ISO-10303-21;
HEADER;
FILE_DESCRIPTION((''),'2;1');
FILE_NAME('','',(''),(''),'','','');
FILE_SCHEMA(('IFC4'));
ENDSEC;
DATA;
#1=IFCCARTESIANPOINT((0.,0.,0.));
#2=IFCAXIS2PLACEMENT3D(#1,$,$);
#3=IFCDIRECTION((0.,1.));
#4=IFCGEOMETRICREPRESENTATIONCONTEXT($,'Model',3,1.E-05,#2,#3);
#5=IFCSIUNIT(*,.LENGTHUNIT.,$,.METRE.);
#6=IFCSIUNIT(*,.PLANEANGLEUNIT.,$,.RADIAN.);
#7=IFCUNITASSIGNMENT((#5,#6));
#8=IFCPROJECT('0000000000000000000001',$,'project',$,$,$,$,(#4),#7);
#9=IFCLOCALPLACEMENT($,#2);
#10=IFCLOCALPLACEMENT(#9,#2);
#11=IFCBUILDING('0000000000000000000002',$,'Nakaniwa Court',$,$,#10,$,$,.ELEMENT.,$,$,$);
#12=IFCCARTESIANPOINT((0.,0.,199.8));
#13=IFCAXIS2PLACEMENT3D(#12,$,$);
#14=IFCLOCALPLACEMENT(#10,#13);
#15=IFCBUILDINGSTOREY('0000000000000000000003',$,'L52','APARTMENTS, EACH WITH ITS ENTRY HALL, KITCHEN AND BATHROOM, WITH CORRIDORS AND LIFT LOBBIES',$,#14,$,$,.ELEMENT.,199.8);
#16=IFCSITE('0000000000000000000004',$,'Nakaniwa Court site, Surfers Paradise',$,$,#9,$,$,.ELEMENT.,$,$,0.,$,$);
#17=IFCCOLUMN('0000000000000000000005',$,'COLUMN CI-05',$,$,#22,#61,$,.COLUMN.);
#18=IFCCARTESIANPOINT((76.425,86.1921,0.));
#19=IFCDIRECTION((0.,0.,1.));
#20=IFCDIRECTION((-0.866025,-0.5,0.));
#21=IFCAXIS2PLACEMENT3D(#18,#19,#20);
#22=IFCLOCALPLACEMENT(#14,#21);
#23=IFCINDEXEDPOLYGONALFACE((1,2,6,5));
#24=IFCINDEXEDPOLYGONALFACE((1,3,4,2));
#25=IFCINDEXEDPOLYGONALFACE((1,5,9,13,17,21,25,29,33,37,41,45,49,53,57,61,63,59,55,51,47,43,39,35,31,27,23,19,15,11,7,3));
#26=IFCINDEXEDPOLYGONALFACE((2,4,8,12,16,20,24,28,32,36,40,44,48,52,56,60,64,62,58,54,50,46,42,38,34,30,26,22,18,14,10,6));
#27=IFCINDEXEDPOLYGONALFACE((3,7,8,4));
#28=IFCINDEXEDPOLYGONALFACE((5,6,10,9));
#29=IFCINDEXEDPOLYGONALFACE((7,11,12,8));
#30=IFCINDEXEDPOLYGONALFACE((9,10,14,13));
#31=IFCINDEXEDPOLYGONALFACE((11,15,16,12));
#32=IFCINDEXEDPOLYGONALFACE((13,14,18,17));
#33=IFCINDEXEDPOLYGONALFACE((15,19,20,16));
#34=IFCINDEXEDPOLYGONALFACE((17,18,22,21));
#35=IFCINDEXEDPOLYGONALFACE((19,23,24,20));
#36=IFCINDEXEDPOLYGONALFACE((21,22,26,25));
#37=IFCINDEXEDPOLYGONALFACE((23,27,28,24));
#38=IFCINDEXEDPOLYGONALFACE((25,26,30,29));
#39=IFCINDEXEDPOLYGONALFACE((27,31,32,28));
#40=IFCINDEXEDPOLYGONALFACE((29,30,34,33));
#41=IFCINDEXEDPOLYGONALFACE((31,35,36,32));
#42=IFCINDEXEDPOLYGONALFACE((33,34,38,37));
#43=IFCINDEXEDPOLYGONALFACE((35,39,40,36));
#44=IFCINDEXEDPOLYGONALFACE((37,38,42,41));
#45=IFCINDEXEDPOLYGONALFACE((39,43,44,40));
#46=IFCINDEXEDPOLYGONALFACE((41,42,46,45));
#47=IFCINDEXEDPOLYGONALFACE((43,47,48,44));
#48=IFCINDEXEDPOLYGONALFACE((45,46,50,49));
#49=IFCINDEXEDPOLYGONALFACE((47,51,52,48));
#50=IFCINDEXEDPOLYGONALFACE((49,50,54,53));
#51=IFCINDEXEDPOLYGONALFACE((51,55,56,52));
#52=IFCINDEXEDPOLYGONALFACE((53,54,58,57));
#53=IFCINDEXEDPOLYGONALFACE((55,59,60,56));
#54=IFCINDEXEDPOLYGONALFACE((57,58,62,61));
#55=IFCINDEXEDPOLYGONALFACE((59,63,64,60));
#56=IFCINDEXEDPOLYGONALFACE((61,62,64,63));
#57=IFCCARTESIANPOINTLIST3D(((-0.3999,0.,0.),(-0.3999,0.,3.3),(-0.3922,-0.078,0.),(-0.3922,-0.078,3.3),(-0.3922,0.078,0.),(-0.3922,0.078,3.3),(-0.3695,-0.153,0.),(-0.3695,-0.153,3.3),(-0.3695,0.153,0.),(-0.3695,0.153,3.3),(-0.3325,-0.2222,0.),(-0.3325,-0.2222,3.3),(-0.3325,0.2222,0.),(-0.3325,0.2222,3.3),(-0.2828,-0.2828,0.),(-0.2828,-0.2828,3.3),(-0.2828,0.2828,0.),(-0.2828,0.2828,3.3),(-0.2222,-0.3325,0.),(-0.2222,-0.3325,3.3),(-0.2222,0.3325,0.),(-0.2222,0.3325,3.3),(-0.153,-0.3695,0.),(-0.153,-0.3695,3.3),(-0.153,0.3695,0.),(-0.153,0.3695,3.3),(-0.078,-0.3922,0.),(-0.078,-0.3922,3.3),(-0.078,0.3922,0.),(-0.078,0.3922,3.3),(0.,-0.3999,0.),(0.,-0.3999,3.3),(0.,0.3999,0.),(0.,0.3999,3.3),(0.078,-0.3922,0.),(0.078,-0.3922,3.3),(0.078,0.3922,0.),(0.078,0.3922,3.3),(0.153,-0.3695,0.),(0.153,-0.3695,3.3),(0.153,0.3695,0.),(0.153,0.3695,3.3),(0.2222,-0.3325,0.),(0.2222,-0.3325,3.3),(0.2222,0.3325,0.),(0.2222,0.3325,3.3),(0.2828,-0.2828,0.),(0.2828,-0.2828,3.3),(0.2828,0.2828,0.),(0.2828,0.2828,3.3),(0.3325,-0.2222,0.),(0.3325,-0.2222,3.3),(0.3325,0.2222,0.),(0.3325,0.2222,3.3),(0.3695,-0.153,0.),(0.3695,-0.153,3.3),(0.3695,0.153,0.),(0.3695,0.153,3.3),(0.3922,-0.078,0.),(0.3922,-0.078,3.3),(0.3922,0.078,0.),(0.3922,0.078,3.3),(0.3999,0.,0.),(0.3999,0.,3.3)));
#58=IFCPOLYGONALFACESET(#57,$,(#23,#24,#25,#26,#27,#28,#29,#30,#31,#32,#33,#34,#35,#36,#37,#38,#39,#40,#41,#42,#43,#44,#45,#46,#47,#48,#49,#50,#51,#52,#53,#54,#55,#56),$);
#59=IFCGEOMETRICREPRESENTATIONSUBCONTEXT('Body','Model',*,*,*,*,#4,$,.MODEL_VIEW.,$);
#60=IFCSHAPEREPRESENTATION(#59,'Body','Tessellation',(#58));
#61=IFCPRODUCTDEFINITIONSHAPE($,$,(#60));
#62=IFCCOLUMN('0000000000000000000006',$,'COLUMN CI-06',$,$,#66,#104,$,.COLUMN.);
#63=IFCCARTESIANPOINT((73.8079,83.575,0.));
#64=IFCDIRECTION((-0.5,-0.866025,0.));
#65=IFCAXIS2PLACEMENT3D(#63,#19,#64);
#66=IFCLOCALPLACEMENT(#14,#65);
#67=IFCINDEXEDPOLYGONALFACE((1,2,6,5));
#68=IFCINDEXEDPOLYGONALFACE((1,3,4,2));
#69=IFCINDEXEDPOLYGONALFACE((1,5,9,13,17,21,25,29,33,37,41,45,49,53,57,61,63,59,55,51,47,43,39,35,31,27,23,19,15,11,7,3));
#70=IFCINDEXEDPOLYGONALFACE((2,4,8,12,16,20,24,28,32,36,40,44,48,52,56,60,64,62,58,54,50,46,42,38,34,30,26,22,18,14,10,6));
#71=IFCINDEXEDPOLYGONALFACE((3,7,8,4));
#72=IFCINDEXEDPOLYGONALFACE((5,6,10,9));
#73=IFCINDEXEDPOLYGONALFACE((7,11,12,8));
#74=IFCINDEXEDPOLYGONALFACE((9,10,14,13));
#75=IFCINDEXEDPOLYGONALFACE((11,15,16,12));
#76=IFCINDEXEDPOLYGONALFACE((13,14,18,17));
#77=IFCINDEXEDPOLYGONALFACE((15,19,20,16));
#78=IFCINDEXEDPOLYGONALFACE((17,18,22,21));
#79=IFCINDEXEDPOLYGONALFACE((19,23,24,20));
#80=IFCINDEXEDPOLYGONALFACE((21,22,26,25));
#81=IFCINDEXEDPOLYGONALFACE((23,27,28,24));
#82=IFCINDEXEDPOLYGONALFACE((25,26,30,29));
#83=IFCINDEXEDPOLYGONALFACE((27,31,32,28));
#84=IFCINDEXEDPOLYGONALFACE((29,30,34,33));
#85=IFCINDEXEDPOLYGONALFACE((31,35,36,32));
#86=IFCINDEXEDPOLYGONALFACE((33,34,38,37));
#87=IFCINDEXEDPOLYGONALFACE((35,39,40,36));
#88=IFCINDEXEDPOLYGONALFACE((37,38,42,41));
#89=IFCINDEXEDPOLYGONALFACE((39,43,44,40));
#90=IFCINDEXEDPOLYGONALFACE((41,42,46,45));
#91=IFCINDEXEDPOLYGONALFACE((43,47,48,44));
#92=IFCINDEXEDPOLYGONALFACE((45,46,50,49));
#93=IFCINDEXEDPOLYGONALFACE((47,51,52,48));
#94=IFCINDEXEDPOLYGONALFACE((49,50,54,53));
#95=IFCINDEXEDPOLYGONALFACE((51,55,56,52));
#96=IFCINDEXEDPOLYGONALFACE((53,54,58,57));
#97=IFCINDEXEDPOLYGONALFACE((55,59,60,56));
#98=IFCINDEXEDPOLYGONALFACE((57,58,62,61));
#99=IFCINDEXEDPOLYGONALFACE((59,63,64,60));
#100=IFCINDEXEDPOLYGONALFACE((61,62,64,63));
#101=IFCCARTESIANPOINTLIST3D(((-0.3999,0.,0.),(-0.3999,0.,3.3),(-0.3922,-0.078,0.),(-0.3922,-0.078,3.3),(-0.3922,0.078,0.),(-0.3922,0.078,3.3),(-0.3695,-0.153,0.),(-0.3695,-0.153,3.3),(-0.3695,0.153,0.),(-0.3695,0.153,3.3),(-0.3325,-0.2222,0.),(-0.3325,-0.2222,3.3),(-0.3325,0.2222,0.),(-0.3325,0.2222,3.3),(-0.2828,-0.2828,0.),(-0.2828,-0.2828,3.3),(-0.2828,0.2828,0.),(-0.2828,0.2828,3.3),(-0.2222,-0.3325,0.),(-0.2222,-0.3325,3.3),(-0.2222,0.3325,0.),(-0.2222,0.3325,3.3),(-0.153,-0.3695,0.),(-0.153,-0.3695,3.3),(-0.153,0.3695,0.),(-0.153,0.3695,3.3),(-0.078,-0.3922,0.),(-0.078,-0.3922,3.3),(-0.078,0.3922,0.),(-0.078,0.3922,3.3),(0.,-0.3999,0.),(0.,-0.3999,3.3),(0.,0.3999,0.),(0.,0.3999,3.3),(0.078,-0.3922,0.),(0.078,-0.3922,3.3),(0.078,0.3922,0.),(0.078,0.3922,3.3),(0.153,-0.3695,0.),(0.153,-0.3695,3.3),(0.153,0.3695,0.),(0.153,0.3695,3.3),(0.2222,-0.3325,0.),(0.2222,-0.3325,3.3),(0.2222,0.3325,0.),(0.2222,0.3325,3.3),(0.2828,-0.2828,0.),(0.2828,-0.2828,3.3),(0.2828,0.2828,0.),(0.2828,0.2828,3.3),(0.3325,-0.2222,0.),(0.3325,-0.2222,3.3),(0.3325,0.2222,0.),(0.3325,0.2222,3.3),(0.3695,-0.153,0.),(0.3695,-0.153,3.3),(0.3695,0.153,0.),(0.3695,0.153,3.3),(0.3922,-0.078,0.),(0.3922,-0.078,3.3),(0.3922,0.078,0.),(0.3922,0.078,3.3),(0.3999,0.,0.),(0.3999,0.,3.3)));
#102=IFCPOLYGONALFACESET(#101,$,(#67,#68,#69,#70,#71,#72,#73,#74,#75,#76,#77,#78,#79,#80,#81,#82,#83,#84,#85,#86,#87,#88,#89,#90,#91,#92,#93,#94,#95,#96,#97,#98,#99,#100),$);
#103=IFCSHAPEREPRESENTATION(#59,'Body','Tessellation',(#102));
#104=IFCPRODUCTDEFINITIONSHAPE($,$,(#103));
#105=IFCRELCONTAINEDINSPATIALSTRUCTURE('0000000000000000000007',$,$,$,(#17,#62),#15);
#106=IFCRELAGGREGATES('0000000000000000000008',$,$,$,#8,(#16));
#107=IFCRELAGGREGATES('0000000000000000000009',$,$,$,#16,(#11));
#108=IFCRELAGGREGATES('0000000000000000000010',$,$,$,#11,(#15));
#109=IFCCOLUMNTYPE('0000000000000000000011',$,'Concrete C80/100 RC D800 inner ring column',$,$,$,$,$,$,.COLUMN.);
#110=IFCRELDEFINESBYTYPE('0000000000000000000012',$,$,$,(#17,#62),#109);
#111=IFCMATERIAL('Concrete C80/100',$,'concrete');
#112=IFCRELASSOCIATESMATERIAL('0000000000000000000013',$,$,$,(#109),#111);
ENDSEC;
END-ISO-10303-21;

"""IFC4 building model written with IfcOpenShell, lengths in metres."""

from ifc_helpers import new_model, si_unit, direction, frame, origin, origin_2d, place, context, subcontext, project, spatial, circle, extrude, material, material_profile, profile_set, type_object, element, save


model = new_model("IFC4")

# Units and contexts
model_context = context("Model", 3, precision=1e-05, world=origin(), true_north=direction((0.0, 1.0)))
body_context = subcontext(model_context, "Body", "Model", "MODEL_VIEW")
ifc_project = project(units=[si_unit("LENGTHUNIT", "METRE"), si_unit("PLANEANGLEUNIT", "RADIAN")], contexts=[model_context])

# Site, building, storey
site_placement = place(None, origin())
site = spatial("IfcSite", under=ifc_project, at=site_placement, Name="Nakaniwa Court site, Surfers Paradise", CompositionType="ELEMENT", RefElevation=0.0)
building_placement = place(site_placement, origin())
building = spatial("IfcBuilding", under=site, at=building_placement, Name="Nakaniwa Court", CompositionType="ELEMENT")
storey_placement = place(building_placement, frame((0.0, 0.0, 199.8)))
storey = spatial("IfcBuildingStorey", under=building, at=storey_placement, Name="L52", Description="APARTMENTS, EACH WITH ITS ENTRY HALL, KITCHEN AND BATHROOM, WITH CORRIDORS AND LIFT LOBBIES", CompositionType="ELEMENT", Elevation=199.8)

# Columns
ifc_material_1 = material(Name="Concrete C80/100", Category="concrete")
ifc_material_profile_1 = material_profile(ifc_material_1, circle(Radius=0.3999, at=origin_2d()), Name="Concrete C80/100 RC D800 inner ring column")
ifc_profile_set_1 = profile_set([ifc_material_profile_1], Name="Concrete C80/100")
column_type_1 = type_object("IfcColumnType", Name="Concrete C80/100 RC D800 inner ring column", PredefinedType="COLUMN", material=ifc_profile_set_1)
for number, where, z_axis, x_axis, name in (
    (1, (76.425, 86.1921, 0.0), (0.0, 0.0, 1.0), (-0.866025, -0.5, 0.0), "COLUMN CI-05"),
    (2, (73.8079, 83.575, 0.0), (0.0, 0.0, 1.0), (-0.5, -0.866025, 0.0), "COLUMN CI-06"),
):
    element("IfcColumn", number, at=place(storey_placement, frame(where, z_axis=z_axis, x_axis=x_axis)), inside=storey, type_object=column_type_1, Name=name, PredefinedType="COLUMN", context=body_context, shape_type="SweptSolid", body=[
        extrude(circle(Radius=0.3999, at=origin_2d()), origin(), (0.0, 0.0, 1.0), 3.3),
    ])

save(model, "model.ifc")
